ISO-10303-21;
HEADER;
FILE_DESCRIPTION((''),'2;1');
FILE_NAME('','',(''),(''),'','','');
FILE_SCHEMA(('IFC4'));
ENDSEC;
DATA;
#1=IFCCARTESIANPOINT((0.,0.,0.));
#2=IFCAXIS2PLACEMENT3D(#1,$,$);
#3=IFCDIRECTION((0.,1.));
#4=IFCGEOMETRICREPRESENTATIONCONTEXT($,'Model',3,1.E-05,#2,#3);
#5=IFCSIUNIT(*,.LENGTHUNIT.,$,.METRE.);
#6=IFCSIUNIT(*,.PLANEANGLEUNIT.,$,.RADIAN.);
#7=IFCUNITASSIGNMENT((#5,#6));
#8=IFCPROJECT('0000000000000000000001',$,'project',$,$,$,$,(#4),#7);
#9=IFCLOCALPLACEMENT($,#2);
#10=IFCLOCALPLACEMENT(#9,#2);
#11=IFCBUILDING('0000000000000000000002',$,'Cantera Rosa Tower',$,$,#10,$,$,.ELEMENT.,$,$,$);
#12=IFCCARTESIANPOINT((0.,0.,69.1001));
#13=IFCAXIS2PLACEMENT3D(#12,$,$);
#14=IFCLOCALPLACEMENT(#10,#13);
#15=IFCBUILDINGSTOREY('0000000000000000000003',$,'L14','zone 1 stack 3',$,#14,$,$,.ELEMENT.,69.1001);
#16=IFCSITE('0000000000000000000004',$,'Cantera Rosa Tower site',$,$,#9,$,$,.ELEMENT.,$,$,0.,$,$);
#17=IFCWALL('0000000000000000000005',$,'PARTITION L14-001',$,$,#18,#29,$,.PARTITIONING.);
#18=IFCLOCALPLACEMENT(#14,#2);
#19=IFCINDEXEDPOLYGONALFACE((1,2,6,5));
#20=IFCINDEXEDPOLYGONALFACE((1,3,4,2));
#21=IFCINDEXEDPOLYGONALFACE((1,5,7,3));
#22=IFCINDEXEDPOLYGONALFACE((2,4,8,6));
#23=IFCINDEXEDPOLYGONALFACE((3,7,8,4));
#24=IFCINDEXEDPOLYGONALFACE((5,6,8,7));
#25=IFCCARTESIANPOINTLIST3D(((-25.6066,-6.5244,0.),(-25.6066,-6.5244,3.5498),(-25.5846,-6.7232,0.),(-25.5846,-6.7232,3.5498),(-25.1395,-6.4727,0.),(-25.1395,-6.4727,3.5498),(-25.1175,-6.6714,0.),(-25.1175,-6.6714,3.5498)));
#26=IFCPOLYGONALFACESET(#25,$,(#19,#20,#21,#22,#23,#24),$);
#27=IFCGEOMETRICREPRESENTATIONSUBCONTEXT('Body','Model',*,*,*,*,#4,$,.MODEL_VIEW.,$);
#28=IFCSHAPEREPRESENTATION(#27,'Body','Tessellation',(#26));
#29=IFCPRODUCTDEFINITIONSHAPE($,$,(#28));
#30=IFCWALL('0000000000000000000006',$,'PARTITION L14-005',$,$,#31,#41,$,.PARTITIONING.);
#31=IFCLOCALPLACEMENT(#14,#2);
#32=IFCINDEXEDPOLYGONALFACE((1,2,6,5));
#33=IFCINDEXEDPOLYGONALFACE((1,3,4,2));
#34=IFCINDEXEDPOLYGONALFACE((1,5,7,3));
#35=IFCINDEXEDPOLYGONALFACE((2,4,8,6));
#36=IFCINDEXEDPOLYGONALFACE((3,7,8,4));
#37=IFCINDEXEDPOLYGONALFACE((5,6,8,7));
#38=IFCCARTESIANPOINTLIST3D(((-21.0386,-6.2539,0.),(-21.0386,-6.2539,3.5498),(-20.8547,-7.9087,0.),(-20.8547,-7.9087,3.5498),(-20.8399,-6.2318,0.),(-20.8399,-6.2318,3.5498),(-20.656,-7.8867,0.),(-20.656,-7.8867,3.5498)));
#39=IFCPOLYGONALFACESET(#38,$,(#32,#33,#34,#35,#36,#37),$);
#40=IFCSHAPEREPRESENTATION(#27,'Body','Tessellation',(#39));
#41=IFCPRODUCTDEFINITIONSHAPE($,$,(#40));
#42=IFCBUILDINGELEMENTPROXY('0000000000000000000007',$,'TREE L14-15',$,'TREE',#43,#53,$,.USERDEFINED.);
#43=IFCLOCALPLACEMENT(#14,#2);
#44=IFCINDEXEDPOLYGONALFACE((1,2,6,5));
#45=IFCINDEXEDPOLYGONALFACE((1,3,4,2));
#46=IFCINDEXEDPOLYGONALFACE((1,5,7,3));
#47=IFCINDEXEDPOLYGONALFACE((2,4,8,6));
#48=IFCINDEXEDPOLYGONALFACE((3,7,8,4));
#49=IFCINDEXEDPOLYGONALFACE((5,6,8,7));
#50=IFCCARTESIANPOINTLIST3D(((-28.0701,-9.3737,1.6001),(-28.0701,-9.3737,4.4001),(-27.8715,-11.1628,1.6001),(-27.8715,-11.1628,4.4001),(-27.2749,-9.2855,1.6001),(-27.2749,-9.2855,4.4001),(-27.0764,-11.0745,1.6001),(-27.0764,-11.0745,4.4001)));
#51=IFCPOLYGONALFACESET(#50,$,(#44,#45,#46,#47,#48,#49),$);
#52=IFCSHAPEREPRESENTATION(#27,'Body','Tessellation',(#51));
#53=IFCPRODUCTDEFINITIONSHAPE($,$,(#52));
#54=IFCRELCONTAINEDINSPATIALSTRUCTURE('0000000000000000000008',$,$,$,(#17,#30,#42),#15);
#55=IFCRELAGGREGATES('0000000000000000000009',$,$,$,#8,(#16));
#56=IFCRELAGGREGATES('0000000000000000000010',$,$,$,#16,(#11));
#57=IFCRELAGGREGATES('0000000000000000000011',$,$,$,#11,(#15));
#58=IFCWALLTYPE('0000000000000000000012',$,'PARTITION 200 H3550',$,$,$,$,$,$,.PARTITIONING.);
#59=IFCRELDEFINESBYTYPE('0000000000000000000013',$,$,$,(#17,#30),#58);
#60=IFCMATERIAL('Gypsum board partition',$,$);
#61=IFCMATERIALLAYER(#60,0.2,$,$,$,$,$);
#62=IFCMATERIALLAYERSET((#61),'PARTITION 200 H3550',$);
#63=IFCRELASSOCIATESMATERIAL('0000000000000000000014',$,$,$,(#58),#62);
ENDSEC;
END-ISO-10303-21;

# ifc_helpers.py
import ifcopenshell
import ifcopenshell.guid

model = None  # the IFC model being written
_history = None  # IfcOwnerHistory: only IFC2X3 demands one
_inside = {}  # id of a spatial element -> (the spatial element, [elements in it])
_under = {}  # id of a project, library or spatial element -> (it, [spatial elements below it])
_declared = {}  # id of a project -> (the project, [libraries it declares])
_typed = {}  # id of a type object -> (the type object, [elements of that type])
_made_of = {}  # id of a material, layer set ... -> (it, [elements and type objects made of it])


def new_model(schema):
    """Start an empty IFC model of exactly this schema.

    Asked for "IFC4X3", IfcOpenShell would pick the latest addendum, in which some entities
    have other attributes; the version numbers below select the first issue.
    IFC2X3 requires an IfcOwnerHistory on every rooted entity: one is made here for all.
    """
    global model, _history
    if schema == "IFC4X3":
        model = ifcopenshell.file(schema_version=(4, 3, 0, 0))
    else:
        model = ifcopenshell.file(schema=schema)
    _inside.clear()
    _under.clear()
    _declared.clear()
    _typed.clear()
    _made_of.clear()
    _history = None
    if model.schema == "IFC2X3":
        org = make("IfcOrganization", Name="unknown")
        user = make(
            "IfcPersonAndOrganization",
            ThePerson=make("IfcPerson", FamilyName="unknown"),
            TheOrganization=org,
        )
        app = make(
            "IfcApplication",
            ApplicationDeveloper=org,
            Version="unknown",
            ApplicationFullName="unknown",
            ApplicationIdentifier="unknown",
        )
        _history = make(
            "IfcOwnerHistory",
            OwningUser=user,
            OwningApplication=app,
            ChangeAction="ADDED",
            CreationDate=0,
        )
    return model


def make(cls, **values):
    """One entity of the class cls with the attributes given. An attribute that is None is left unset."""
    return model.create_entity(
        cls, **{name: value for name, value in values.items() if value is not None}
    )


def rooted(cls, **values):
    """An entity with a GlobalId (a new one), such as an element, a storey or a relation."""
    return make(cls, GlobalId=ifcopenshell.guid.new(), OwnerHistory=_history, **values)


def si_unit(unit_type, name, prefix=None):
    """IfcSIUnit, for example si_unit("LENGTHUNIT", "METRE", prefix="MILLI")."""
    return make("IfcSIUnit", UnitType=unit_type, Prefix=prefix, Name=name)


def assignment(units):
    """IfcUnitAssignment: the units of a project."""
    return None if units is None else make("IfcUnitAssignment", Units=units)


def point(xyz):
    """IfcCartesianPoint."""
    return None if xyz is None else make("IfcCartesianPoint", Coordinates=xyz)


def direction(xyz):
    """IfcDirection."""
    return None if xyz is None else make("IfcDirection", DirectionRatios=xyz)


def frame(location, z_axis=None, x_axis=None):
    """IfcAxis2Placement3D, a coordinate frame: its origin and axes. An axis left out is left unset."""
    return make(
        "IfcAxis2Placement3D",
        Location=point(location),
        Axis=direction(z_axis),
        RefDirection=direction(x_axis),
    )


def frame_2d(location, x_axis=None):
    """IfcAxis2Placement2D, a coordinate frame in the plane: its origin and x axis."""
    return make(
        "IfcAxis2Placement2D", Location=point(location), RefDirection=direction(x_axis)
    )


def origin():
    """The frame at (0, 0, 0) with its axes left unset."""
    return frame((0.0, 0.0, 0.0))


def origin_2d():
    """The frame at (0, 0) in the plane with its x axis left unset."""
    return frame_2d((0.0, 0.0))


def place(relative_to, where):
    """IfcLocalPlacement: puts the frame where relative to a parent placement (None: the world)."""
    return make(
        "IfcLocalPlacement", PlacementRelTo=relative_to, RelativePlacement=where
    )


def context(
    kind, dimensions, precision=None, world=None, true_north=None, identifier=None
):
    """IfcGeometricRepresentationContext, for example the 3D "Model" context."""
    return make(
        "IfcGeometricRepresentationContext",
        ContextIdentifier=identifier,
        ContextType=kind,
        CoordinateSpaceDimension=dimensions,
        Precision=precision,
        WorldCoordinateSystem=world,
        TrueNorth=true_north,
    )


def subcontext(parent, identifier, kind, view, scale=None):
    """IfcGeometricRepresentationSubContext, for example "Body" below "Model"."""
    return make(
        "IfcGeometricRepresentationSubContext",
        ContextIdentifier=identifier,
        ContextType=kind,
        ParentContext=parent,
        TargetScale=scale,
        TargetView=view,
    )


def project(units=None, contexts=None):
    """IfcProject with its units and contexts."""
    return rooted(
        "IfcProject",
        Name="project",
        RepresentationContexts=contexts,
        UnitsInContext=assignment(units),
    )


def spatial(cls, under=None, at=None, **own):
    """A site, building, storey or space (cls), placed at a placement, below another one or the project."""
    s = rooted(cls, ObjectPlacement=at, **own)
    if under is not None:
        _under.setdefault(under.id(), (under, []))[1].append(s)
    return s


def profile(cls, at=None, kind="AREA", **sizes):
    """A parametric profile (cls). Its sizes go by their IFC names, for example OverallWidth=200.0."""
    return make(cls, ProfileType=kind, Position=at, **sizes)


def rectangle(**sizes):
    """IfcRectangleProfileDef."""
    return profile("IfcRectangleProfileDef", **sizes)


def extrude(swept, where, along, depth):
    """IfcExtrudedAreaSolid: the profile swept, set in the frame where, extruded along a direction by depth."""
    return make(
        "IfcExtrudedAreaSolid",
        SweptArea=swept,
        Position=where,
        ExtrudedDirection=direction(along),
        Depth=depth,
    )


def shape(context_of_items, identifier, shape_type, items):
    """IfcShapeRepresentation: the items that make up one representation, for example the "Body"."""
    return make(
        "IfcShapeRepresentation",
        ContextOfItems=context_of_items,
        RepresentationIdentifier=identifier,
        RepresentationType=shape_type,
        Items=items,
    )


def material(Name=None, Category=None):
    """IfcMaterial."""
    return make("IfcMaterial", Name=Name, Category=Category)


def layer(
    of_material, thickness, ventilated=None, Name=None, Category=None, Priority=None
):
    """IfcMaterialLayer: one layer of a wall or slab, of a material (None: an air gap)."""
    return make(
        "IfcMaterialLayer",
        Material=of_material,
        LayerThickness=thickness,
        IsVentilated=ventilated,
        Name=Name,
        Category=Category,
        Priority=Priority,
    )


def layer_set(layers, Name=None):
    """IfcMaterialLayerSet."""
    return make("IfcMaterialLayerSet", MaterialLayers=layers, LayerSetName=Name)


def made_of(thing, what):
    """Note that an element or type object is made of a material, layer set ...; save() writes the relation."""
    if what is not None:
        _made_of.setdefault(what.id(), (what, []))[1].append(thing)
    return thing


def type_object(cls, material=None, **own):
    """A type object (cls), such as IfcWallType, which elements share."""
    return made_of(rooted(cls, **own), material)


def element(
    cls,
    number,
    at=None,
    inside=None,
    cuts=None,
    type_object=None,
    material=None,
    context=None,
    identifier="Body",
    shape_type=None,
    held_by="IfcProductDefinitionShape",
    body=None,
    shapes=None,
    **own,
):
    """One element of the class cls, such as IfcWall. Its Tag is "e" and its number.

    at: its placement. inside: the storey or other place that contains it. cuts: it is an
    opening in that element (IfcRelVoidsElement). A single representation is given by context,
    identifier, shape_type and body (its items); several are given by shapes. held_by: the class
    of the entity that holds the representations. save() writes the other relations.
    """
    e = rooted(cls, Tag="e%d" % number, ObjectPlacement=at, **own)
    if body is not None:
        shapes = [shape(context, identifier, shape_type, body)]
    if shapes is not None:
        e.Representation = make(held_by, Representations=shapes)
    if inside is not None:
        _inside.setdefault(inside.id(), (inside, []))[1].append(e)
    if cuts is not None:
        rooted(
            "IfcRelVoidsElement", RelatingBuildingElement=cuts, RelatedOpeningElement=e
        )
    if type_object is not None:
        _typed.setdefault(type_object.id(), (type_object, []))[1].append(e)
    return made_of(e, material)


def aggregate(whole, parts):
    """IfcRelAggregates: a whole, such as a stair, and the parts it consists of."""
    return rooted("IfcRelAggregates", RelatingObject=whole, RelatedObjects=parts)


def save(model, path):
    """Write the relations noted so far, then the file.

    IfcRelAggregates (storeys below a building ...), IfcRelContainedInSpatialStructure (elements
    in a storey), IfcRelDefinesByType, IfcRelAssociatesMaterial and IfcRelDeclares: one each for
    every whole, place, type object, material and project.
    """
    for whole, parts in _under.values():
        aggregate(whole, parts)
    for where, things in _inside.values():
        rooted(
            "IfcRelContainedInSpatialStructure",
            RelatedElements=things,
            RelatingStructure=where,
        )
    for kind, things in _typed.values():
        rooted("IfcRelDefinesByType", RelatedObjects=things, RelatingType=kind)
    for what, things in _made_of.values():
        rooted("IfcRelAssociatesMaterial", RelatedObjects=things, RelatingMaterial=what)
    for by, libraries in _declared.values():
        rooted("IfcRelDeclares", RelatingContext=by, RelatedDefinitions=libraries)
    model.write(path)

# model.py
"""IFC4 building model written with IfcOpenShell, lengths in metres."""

from ifc_helpers import new_model, si_unit, direction, frame, frame_2d, origin, origin_2d, place, context, subcontext, project, spatial, rectangle, extrude, material, layer, layer_set, type_object, element, save


model = new_model("IFC4")

# Units and contexts
model_context = context("Model", 3, precision=1e-05, world=origin(), true_north=direction((0.0, 1.0)))
body_context = subcontext(model_context, "Body", "Model", "MODEL_VIEW")
ifc_project = project(units=[si_unit("LENGTHUNIT", "METRE"), si_unit("PLANEANGLEUNIT", "RADIAN")], contexts=[model_context])

# Site, building, storey
site_placement = place(None, origin())
site = spatial("IfcSite", under=ifc_project, at=site_placement, Name="Cantera Rosa Tower site", CompositionType="ELEMENT", RefElevation=0.0)
building_placement = place(site_placement, origin())
building = spatial("IfcBuilding", under=site, at=building_placement, Name="Cantera Rosa Tower", CompositionType="ELEMENT")
storey_placement = place(building_placement, frame((0.0, 0.0, 69.1001)))
storey = spatial("IfcBuildingStorey", under=building, at=storey_placement, Name="L14", Description="zone 1 stack 3", CompositionType="ELEMENT", Elevation=69.1001)

# Walls
ifc_material_1 = material(Name="Gypsum board partition")
ifc_layer_1 = layer(ifc_material_1, 0.2)
ifc_layer_set_1 = layer_set([ifc_layer_1], Name="PARTITION 200 H3550")
wall_type_1 = type_object("IfcWallType", Name="PARTITION 200 H3550", PredefinedType="PARTITIONING", material=ifc_layer_set_1)
wall_1_placement = place(storey_placement, frame((-25.5955, -6.6238, 0.0), z_axis=(0.0, 0.0, 1.0), x_axis=(0.993915, 0.110146, 0.0)))
element("IfcWall", 1, at=wall_1_placement, inside=storey, type_object=wall_type_1, Name="PARTITION L14-001", PredefinedType="PARTITIONING", context=body_context, shape_type="SweptSolid", body=[
    extrude(rectangle(XDim=0.47, YDim=0.2, at=frame_2d((0.2349, 0.0))), origin(), (0.0, 0.0, 1.0), 3.5498),
])
wall_2_placement = place(storey_placement, frame((-20.7554, -7.8977, 0.0), z_axis=(0.0, 0.0, 1.0), x_axis=(-0.110415, 0.993886, 0.0)))
element("IfcWall", 2, at=wall_2_placement, inside=storey, type_object=wall_type_1, Name="PARTITION L14-005", PredefinedType="PARTITIONING", context=body_context, shape_type="SweptSolid", body=[
    extrude(rectangle(XDim=1.665, YDim=0.2, at=frame_2d((0.8325, 0.0))), origin(), (0.0, 0.0, 1.0), 3.5498),
])

# Building element proxy
proxy_placement = place(storey_placement, frame((-27.5732, -10.2241, 1.6001), z_axis=(0.0, 0.0, 1.0), x_axis=(0.110313, -0.993897, 0.0)))
element("IfcBuildingElementProxy", 3, at=proxy_placement, inside=storey, Name="TREE L14-15", ObjectType="TREE", PredefinedType="USERDEFINED", context=body_context, shape_type="SweptSolid", body=[
    extrude(rectangle(XDim=1.8, YDim=0.8, at=origin_2d()), origin(), (0.0, 0.0, 1.0), 2.8),
])

save(model, "model.ifc")
